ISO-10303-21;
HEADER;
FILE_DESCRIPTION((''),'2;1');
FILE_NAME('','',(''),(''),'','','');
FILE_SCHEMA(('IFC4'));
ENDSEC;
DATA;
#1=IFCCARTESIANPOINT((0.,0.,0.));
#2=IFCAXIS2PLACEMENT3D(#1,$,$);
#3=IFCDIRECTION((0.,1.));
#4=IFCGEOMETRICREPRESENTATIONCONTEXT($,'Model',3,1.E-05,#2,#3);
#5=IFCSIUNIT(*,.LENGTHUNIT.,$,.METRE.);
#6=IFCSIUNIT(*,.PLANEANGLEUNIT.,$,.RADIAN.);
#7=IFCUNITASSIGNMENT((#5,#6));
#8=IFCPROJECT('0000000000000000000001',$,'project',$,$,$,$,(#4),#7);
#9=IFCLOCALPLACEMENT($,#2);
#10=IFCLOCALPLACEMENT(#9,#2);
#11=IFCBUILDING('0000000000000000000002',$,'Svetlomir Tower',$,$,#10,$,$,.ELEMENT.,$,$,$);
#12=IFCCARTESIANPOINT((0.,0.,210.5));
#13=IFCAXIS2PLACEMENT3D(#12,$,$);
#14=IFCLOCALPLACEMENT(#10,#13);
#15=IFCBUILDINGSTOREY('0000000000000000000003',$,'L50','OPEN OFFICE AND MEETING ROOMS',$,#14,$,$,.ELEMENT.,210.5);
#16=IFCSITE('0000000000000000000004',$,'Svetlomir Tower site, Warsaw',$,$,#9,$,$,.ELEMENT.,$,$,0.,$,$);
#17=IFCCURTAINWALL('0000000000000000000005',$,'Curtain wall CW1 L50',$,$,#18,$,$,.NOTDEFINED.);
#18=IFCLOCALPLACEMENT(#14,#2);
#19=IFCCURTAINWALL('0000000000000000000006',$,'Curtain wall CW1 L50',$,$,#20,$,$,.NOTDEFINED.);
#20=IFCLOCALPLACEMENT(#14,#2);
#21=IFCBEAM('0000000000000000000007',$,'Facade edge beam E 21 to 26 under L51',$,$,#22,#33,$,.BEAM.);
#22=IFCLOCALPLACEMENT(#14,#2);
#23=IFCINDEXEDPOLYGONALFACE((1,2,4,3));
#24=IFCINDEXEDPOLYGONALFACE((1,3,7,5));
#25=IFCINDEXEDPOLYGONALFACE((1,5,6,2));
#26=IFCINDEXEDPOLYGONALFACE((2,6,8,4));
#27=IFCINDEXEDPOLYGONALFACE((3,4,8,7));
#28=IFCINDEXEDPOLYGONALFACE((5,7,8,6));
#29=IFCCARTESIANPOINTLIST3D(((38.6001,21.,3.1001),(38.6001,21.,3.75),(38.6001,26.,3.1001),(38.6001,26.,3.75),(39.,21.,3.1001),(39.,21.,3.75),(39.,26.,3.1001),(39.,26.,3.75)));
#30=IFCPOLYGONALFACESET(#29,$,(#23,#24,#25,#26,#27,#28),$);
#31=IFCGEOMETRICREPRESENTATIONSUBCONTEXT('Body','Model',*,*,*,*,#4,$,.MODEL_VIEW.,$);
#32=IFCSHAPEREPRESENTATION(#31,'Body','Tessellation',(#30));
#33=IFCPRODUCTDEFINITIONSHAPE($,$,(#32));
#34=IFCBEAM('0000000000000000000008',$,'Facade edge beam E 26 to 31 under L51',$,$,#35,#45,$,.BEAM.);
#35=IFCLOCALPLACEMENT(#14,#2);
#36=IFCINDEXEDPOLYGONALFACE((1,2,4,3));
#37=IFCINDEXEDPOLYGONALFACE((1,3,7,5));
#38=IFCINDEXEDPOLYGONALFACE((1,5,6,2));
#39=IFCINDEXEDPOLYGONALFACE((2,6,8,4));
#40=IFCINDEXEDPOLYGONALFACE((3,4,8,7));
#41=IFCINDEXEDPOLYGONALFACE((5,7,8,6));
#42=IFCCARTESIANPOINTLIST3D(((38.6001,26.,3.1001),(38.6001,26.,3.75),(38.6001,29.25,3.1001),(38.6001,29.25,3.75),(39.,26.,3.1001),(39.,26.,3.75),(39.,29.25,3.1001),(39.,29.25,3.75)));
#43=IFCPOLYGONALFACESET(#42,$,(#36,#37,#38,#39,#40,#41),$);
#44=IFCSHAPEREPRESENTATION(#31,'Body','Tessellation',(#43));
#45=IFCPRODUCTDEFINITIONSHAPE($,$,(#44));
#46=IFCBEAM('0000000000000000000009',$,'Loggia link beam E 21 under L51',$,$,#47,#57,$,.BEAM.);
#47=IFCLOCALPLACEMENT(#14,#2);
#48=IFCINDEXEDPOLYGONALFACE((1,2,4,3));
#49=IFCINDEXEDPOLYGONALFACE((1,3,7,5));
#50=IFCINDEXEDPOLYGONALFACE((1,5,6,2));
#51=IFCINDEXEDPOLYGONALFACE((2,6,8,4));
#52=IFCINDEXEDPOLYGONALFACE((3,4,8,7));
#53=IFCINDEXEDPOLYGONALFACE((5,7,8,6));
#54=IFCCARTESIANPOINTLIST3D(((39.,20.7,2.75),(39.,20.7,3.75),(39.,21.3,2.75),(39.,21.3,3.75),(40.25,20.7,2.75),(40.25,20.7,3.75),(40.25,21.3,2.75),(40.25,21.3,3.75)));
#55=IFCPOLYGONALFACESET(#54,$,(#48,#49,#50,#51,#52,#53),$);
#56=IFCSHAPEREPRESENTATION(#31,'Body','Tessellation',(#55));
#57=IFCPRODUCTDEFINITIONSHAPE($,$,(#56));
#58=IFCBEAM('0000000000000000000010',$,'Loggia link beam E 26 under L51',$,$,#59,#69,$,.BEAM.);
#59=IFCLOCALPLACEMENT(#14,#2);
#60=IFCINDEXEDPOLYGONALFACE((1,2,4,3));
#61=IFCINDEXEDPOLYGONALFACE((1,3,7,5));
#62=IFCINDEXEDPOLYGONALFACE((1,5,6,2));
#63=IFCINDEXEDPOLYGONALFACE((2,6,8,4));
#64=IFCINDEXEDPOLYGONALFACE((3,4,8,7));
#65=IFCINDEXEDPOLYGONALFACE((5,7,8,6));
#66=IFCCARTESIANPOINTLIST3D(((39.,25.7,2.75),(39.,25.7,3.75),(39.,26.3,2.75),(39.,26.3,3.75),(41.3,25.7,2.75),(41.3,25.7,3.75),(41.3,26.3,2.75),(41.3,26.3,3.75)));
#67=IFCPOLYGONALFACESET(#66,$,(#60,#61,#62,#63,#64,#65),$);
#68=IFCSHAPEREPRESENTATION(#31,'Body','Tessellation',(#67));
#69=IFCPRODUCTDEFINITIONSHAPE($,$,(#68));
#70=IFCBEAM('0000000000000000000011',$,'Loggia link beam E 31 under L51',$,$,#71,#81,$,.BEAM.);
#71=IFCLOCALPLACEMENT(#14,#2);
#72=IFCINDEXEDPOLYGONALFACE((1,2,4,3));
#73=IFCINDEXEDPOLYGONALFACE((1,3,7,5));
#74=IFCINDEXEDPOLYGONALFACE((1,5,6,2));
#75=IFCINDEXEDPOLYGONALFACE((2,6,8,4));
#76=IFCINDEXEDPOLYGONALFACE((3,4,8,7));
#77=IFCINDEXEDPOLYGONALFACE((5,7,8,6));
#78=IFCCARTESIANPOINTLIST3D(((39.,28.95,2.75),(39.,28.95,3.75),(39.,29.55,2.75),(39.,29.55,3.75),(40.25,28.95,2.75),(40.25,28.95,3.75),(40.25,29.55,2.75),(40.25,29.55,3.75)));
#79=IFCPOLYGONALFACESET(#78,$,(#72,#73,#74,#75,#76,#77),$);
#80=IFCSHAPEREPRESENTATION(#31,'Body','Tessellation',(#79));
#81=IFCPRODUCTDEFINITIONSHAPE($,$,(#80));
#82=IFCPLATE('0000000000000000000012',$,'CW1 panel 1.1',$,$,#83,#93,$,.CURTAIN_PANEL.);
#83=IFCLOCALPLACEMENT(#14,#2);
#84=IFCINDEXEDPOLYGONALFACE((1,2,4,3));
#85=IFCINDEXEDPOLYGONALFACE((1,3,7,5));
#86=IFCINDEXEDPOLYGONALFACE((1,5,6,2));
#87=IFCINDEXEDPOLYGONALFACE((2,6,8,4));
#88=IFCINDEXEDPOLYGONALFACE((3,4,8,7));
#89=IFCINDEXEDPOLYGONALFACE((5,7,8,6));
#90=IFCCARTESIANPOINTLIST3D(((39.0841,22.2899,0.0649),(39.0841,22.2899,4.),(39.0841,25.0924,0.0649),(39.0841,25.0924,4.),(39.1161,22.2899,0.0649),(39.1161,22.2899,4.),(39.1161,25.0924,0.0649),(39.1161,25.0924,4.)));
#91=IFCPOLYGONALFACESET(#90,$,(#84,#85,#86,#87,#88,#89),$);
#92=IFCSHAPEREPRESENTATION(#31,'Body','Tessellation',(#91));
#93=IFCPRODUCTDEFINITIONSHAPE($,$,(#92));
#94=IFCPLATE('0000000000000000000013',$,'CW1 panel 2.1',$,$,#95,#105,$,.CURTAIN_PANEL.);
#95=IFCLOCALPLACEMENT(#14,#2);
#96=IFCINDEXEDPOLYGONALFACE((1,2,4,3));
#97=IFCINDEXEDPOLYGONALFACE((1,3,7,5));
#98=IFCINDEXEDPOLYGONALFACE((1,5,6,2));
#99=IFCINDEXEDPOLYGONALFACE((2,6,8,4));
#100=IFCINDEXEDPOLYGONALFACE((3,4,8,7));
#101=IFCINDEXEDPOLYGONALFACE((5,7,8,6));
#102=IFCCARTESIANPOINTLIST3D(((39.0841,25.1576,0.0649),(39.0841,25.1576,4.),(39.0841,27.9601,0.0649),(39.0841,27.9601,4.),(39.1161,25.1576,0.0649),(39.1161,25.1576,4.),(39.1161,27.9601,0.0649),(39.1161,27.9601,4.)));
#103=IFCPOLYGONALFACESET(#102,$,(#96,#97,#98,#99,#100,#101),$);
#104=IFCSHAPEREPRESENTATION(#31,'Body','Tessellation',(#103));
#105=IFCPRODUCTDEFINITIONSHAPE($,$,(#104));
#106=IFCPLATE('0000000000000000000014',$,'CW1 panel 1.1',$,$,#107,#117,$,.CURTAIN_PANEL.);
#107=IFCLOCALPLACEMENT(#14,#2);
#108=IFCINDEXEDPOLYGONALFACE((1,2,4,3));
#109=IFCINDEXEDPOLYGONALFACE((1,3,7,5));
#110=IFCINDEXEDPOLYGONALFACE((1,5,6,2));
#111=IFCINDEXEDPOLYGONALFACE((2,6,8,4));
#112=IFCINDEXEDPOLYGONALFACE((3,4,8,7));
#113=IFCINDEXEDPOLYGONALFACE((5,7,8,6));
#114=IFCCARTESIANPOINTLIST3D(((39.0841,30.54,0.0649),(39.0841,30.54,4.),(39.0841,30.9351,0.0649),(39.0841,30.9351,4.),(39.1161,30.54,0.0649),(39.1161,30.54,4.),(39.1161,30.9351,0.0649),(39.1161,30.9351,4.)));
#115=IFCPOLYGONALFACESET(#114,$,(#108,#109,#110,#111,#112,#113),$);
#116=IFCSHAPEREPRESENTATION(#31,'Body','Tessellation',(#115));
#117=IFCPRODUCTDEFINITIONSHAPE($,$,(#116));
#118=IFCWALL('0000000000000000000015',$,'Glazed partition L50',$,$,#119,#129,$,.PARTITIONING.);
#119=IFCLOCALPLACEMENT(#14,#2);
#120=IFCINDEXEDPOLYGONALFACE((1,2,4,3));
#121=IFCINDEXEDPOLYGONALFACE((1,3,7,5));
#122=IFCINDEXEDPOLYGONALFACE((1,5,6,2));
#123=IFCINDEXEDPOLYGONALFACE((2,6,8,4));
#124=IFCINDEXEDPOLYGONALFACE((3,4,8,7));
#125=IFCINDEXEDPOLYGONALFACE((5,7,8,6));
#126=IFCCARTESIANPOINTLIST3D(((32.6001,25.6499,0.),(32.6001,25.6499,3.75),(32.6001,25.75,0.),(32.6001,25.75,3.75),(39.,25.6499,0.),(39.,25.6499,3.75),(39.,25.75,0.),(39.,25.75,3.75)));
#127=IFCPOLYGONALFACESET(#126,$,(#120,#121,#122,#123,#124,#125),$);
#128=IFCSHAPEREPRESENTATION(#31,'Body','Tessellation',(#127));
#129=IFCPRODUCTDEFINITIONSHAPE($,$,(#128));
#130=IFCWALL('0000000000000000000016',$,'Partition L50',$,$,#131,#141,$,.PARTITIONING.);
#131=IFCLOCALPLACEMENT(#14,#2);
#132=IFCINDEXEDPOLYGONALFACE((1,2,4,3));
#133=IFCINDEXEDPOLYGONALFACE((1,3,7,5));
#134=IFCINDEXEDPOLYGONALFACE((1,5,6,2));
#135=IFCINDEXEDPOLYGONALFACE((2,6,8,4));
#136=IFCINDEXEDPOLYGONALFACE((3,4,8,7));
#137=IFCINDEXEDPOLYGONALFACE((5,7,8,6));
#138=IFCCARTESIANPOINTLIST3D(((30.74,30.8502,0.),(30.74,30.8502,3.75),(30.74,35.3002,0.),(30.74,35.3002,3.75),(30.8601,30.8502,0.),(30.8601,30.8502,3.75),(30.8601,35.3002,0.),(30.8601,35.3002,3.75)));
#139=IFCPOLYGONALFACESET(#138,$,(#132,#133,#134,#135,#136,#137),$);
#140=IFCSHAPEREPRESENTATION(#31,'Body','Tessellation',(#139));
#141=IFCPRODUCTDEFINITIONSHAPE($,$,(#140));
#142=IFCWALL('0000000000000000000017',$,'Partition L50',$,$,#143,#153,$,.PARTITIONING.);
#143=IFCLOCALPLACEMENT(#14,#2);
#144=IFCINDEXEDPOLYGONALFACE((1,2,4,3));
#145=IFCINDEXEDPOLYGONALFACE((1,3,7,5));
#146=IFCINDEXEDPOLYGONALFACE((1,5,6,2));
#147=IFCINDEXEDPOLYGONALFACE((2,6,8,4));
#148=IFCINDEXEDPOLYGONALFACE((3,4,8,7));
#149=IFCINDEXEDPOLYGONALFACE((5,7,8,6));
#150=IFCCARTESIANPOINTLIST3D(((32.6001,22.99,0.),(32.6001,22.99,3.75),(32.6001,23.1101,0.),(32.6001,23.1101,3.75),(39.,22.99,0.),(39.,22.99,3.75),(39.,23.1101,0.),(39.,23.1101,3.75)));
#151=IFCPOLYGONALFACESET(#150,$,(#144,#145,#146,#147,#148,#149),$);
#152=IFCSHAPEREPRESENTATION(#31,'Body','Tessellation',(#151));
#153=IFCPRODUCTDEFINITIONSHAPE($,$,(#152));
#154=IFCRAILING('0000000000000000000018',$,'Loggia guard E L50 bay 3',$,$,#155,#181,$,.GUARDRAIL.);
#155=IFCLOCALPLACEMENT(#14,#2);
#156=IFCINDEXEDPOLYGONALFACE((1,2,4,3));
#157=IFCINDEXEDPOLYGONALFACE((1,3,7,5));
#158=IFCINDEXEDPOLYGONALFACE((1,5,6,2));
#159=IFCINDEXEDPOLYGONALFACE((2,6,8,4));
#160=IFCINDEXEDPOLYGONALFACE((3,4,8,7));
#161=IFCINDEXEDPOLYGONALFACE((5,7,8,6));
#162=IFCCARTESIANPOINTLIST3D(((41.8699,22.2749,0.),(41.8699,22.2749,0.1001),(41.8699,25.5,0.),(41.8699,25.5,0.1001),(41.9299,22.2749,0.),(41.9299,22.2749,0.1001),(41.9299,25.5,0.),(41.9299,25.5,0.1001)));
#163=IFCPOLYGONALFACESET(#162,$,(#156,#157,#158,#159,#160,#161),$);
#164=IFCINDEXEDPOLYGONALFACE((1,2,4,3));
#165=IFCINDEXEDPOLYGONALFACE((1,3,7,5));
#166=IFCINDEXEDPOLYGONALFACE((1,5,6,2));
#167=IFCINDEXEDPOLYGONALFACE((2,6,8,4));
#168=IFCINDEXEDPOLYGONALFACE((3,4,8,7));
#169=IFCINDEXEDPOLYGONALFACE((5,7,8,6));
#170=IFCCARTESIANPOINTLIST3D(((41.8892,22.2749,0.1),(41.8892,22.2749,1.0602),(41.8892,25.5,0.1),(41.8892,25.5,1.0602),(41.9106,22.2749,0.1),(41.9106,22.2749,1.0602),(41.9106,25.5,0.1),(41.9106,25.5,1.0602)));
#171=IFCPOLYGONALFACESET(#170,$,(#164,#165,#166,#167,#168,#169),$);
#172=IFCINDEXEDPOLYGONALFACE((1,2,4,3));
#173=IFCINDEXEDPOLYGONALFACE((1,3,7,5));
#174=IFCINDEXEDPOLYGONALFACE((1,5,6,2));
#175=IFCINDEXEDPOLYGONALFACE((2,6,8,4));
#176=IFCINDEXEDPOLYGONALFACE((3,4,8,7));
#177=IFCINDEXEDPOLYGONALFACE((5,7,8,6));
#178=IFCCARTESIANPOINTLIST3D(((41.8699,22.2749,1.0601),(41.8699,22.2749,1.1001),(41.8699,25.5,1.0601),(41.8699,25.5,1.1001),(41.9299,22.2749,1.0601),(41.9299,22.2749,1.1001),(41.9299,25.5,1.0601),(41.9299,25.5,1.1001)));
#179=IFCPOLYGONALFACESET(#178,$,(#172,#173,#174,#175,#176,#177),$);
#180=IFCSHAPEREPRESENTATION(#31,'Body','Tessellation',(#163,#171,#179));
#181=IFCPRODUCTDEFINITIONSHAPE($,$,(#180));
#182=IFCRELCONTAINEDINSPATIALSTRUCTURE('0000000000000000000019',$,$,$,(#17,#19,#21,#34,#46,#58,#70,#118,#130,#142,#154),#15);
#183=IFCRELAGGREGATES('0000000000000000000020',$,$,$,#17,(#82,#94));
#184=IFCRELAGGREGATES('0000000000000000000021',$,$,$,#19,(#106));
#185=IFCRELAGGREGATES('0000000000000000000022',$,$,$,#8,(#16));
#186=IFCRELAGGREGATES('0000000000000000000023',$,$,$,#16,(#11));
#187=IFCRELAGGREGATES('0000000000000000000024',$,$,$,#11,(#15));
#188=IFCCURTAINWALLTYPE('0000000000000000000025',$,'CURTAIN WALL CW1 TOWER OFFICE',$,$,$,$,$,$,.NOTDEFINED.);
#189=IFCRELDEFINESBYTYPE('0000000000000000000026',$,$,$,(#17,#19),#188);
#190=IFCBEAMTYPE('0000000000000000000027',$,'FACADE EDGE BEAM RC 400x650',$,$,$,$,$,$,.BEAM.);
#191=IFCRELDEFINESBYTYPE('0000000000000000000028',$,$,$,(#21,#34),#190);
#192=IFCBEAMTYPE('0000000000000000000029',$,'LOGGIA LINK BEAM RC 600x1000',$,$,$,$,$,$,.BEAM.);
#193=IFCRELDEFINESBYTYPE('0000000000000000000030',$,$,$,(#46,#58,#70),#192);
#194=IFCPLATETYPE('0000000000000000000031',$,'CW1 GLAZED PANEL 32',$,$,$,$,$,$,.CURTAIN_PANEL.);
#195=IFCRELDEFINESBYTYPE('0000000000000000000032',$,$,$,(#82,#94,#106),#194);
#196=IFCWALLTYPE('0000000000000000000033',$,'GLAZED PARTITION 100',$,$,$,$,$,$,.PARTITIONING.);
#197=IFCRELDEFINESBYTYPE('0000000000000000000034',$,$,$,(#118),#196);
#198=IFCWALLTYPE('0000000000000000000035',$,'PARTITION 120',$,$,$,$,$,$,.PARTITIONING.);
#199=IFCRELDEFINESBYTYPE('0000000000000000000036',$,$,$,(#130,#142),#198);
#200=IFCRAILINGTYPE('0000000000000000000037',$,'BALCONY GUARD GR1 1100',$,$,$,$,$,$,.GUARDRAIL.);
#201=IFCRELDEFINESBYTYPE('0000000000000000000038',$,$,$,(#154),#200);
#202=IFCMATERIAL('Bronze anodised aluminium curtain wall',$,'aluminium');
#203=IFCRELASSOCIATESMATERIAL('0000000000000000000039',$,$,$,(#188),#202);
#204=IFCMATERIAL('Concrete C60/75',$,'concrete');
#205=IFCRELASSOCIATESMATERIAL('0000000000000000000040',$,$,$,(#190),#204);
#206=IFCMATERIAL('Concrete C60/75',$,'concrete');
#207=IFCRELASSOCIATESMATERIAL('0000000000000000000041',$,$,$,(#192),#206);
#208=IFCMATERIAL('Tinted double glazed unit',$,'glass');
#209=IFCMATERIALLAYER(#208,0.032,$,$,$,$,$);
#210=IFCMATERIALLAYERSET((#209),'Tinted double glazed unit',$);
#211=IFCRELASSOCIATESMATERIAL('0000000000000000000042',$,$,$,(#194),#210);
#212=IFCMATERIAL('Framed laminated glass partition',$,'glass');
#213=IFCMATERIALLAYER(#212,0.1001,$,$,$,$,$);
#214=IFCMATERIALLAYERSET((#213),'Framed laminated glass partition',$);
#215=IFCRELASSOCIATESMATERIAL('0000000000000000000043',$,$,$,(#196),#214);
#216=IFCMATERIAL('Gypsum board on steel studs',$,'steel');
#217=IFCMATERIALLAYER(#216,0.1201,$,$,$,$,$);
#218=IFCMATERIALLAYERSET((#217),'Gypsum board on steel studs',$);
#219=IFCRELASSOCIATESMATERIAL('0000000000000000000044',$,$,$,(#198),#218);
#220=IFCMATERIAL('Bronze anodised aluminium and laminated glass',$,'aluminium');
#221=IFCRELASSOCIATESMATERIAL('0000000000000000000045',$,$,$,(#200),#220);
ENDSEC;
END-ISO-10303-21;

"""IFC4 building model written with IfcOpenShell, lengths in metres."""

from ifc_helpers import new_model, si_unit, direction, frame, frame_2d, origin, origin_2d, place, context, subcontext, project, spatial, rectangle, extrude, material, layer, layer_set, material_profile, profile_set, type_object, element, aggregate, save


model = new_model("IFC4")

# Units and contexts
model_context = context("Model", 3, precision=1e-05, world=origin(), true_north=direction((0.0, 1.0)))
body_context = subcontext(model_context, "Body", "Model", "MODEL_VIEW")
ifc_project = project(units=[si_unit("LENGTHUNIT", "METRE"), si_unit("PLANEANGLEUNIT", "RADIAN")], contexts=[model_context])

# Site, building, storey
site_placement = place(None, origin())
site = spatial("IfcSite", under=ifc_project, at=site_placement, Name="Svetlomir Tower site, Warsaw", CompositionType="ELEMENT", RefElevation=0.0)
building_placement = place(site_placement, origin())
building = spatial("IfcBuilding", under=site, at=building_placement, Name="Svetlomir Tower", CompositionType="ELEMENT")
storey_placement = place(building_placement, frame((0.0, 0.0, 210.5)))
storey = spatial("IfcBuildingStorey", under=building, at=storey_placement, Name="L50", Description="OPEN OFFICE AND MEETING ROOMS", CompositionType="ELEMENT", Elevation=210.5)

# Curtain wall
ifc_material_1 = material(Name="Bronze anodised aluminium curtain wall", Category="aluminium")
curtain_wall_type = type_object("IfcCurtainWallType", Name="CURTAIN WALL CW1 TOWER OFFICE", PredefinedType="NOTDEFINED", material=ifc_material_1)
curtain_wall_1_placement = place(storey_placement, origin())
curtain_wall_1 = element("IfcCurtainWall", 1, at=curtain_wall_1_placement, inside=storey, type_object=curtain_wall_type, Name="Curtain wall CW1 L50", PredefinedType="NOTDEFINED")

# Curtain wall
curtain_wall_2_placement = place(storey_placement, origin())
curtain_wall_2 = element("IfcCurtainWall", 2, at=curtain_wall_2_placement, inside=storey, type_object=curtain_wall_type, Name="Curtain wall CW1 L50", PredefinedType="NOTDEFINED")

# Beams
ifc_material_2 = material(Name="Concrete C60/75", Category="concrete")
ifc_material_profile_1 = material_profile(ifc_material_2, rectangle(XDim=0.3999, YDim=0.6499, at=origin_2d()), Name="RC 400x650")
ifc_profile_set_1 = profile_set([ifc_material_profile_1], Name="Concrete C60/75")
beam_type_1 = type_object("IfcBeamType", Name="FACADE EDGE BEAM RC 400x650", PredefinedType="BEAM", material=ifc_profile_set_1)
beam_1_placement = place(storey_placement, frame((38.8, 21.0, 3.425), z_axis=(0.0, 1.0, 0.0), x_axis=(-1.0, 0.0, 0.0)))
element("IfcBeam", 3, at=beam_1_placement, inside=storey, type_object=beam_type_1, Name="Facade edge beam E 21 to 26 under L51", PredefinedType="BEAM", context=body_context, shape_type="SweptSolid", body=[
    extrude(rectangle(XDim=0.3999, YDim=0.6499, at=origin_2d()), origin(), (0.0, 0.0, 1.0), 5.0),
])
beam_2_placement = place(storey_placement, frame((38.8, 26.0, 3.425), z_axis=(0.0, 1.0, 0.0), x_axis=(-1.0, 0.0, 0.0)))
element("IfcBeam", 4, at=beam_2_placement, inside=storey, type_object=beam_type_1, Name="Facade edge beam E 26 to 31 under L51", PredefinedType="BEAM", context=body_context, shape_type="SweptSolid", body=[
    extrude(rectangle(XDim=0.3999, YDim=0.6499, at=origin_2d()), origin(), (0.0, 0.0, 1.0), 3.25),
])
ifc_material_3 = material(Name="Concrete C60/75", Category="concrete")
ifc_material_profile_2 = material_profile(ifc_material_3, rectangle(XDim=0.6001, YDim=1.0, at=origin_2d()), Name="RC 600x1000")
ifc_profile_set_2 = profile_set([ifc_material_profile_2], Name="Concrete C60/75")
beam_type_2 = type_object("IfcBeamType", Name="LOGGIA LINK BEAM RC 600x1000", PredefinedType="BEAM", material=ifc_profile_set_2)
beam_3_placement = place(storey_placement, frame((40.25, 21.0, 3.25), z_axis=(-1.0, 0.0, 0.0), x_axis=(0.0, -1.0, 0.0)))
element("IfcBeam", 5, at=beam_3_placement, inside=storey, type_object=beam_type_2, Name="Loggia link beam E 21 under L51", PredefinedType="BEAM", context=body_context, shape_type="SweptSolid", body=[
    extrude(rectangle(XDim=0.6001, YDim=1.0, at=origin_2d()), origin(), (0.0, 0.0, 1.0), 1.25),
])
beam_4_placement = place(storey_placement, frame((41.3, 26.0, 3.25), z_axis=(-1.0, 0.0, 0.0), x_axis=(0.0, -1.0, 0.0)))
element("IfcBeam", 6, at=beam_4_placement, inside=storey, type_object=beam_type_2, Name="Loggia link beam E 26 under L51", PredefinedType="BEAM", context=body_context, shape_type="SweptSolid", body=[
    extrude(rectangle(XDim=0.6001, YDim=1.0, at=origin_2d()), origin(), (0.0, 0.0, 1.0), 2.3),
])
beam_5_placement = place(storey_placement, frame((40.25, 29.25, 3.25), z_axis=(-1.0, 0.0, 0.0), x_axis=(0.0, -1.0, 0.0)))
element("IfcBeam", 7, at=beam_5_placement, inside=storey, type_object=beam_type_2, Name="Loggia link beam E 31 under L51", PredefinedType="BEAM", context=body_context, shape_type="SweptSolid", body=[
    extrude(rectangle(XDim=0.6001, YDim=1.0, at=origin_2d()), origin(), (0.0, 0.0, 1.0), 1.25),
])

# Plates
ifc_material_4 = material(Name="Tinted double glazed unit", Category="glass")
ifc_layer_1 = layer(ifc_material_4, 0.032)
ifc_layer_set_1 = layer_set([ifc_layer_1], Name="Tinted double glazed unit")
plate_type = type_object("IfcPlateType", Name="CW1 GLAZED PANEL 32", PredefinedType="CURTAIN_PANEL", material=ifc_layer_set_1)
plate_1_placement = place(storey_placement, frame((39.1001, 23.6912, 0.0649), z_axis=(0.0, 0.0, 1.0), x_axis=(0.0, 1.0, 0.0)))
plate_1 = element("IfcPlate", 8, at=plate_1_placement, type_object=plate_type, Name="CW1 panel 1.1", PredefinedType="CURTAIN_PANEL", context=body_context, shape_type="SweptSolid", body=[
    extrude(rectangle(XDim=2.8025, YDim=0.032, at=origin_2d()), origin(), (0.0, 0.0, 1.0), 3.9351),
])
plate_2_placement = place(storey_placement, frame((39.1001, 26.5588, 0.0649), z_axis=(0.0, 0.0, 1.0), x_axis=(0.0, 1.0, 0.0)))
plate_2 = element("IfcPlate", 9, at=plate_2_placement, type_object=plate_type, Name="CW1 panel 2.1", PredefinedType="CURTAIN_PANEL", context=body_context, shape_type="SweptSolid", body=[
    extrude(rectangle(XDim=2.8025, YDim=0.032, at=origin_2d()), origin(), (0.0, 0.0, 1.0), 3.9351),
])
aggregate(curtain_wall_1, [plate_1, plate_2])
plate_3_placement = place(storey_placement, frame((39.1001, 30.7375, 0.0649), z_axis=(0.0, 0.0, 1.0), x_axis=(0.0, 1.0, 0.0)))
plate_3 = element("IfcPlate", 10, at=plate_3_placement, type_object=plate_type, Name="CW1 panel 1.1", PredefinedType="CURTAIN_PANEL", context=body_context, shape_type="SweptSolid", body=[
    extrude(rectangle(XDim=0.395, YDim=0.032, at=origin_2d()), origin(), (0.0, 0.0, 1.0), 3.9351),
])
aggregate(curtain_wall_2, [plate_3])

# Shared definitions
ifc_material_5 = material(Name="Framed laminated glass partition", Category="glass")
ifc_layer_2 = layer(ifc_material_5, 0.1001)
ifc_layer_set_2 = layer_set([ifc_layer_2], Name="Framed laminated glass partition")
wall_type_1 = type_object("IfcWallType", Name="GLAZED PARTITION 100", PredefinedType="PARTITIONING", material=ifc_layer_set_2)

# Walls
wall_1_placement = place(storey_placement, frame((32.6001, 25.7, 0.0), z_axis=(0.0, 0.0, 1.0), x_axis=(1.0, 0.0, 0.0)))
element("IfcWall", 11, at=wall_1_placement, inside=storey, type_object=wall_type_1, Name="Glazed partition L50", PredefinedType="PARTITIONING", context=body_context, shape_type="SweptSolid", body=[
    extrude(rectangle(XDim=6.3999, YDim=0.1001, at=frame_2d((3.2, 0.0))), origin(), (0.0, 0.0, 1.0), 3.75),
])
ifc_material_6 = material(Name="Gypsum board on steel studs", Category="steel")
ifc_layer_3 = layer(ifc_material_6, 0.1201)
ifc_layer_set_3 = layer_set([ifc_layer_3], Name="Gypsum board on steel studs")
wall_type_2 = type_object("IfcWallType", Name="PARTITION 120", PredefinedType="PARTITIONING", material=ifc_layer_set_3)
wall_2_placement = place(storey_placement, frame((30.8, 30.8501, 0.0), z_axis=(0.0, 0.0, 1.0), x_axis=(0.0, 1.0, 0.0)))
element("IfcWall", 12, at=wall_2_placement, inside=storey, type_object=wall_type_2, Name="Partition L50", PredefinedType="PARTITIONING", context=body_context, shape_type="SweptSolid", body=[
    extrude(rectangle(XDim=4.45, YDim=0.1201, at=frame_2d((2.2251, 0.0))), origin(), (0.0, 0.0, 1.0), 3.75),
])
wall_3_placement = place(storey_placement, frame((32.6001, 23.05, 0.0), z_axis=(0.0, 0.0, 1.0), x_axis=(1.0, 0.0, 0.0)))
element("IfcWall", 13, at=wall_3_placement, inside=storey, type_object=wall_type_2, Name="Partition L50", PredefinedType="PARTITIONING", context=body_context, shape_type="SweptSolid", body=[
    extrude(rectangle(XDim=6.3999, YDim=0.1201, at=frame_2d((3.2, 0.0))), origin(), (0.0, 0.0, 1.0), 3.75),
])

# Railing
ifc_material_7 = material(Name="Bronze anodised aluminium and laminated glass", Category="aluminium")
railing_type = type_object("IfcRailingType", Name="BALCONY GUARD GR1 1100", PredefinedType="GUARDRAIL", material=ifc_material_7)
for number, where, name in (
    (14, (41.8999, 22.2749, 0.0), "Loggia guard E L50 bay 3"),
):
    element("IfcRailing", number, at=place(storey_placement, frame(where)), inside=storey, type_object=railing_type, Name=name, PredefinedType="GUARDRAIL", context=body_context, shape_type="SweptSolid", body=[
        extrude(rectangle(XDim=0.0601, YDim=0.1001, at=origin_2d()), frame((0.0, 0.0, 0.05), z_axis=(0.0, 1.0, 0.0), x_axis=(-1.0, 0.0, 0.0)), (0.0, 0.0, 1.0), 3.2251),
        extrude(rectangle(XDim=0.0215, YDim=0.9602, at=origin_2d()), frame((0.0, 0.0, 0.5801), z_axis=(0.0, 1.0, 0.0), x_axis=(-1.0, 0.0, 0.0)), (0.0, 0.0, 1.0), 3.2251),
        extrude(rectangle(XDim=0.0601, YDim=0.04, at=origin_2d()), frame((0.0, 0.0, 1.0801), z_axis=(0.0, 1.0, 0.0), x_axis=(-1.0, 0.0, 0.0)), (0.0, 0.0, 1.0), 3.2251),
    ])

save(model, "model.ifc")
